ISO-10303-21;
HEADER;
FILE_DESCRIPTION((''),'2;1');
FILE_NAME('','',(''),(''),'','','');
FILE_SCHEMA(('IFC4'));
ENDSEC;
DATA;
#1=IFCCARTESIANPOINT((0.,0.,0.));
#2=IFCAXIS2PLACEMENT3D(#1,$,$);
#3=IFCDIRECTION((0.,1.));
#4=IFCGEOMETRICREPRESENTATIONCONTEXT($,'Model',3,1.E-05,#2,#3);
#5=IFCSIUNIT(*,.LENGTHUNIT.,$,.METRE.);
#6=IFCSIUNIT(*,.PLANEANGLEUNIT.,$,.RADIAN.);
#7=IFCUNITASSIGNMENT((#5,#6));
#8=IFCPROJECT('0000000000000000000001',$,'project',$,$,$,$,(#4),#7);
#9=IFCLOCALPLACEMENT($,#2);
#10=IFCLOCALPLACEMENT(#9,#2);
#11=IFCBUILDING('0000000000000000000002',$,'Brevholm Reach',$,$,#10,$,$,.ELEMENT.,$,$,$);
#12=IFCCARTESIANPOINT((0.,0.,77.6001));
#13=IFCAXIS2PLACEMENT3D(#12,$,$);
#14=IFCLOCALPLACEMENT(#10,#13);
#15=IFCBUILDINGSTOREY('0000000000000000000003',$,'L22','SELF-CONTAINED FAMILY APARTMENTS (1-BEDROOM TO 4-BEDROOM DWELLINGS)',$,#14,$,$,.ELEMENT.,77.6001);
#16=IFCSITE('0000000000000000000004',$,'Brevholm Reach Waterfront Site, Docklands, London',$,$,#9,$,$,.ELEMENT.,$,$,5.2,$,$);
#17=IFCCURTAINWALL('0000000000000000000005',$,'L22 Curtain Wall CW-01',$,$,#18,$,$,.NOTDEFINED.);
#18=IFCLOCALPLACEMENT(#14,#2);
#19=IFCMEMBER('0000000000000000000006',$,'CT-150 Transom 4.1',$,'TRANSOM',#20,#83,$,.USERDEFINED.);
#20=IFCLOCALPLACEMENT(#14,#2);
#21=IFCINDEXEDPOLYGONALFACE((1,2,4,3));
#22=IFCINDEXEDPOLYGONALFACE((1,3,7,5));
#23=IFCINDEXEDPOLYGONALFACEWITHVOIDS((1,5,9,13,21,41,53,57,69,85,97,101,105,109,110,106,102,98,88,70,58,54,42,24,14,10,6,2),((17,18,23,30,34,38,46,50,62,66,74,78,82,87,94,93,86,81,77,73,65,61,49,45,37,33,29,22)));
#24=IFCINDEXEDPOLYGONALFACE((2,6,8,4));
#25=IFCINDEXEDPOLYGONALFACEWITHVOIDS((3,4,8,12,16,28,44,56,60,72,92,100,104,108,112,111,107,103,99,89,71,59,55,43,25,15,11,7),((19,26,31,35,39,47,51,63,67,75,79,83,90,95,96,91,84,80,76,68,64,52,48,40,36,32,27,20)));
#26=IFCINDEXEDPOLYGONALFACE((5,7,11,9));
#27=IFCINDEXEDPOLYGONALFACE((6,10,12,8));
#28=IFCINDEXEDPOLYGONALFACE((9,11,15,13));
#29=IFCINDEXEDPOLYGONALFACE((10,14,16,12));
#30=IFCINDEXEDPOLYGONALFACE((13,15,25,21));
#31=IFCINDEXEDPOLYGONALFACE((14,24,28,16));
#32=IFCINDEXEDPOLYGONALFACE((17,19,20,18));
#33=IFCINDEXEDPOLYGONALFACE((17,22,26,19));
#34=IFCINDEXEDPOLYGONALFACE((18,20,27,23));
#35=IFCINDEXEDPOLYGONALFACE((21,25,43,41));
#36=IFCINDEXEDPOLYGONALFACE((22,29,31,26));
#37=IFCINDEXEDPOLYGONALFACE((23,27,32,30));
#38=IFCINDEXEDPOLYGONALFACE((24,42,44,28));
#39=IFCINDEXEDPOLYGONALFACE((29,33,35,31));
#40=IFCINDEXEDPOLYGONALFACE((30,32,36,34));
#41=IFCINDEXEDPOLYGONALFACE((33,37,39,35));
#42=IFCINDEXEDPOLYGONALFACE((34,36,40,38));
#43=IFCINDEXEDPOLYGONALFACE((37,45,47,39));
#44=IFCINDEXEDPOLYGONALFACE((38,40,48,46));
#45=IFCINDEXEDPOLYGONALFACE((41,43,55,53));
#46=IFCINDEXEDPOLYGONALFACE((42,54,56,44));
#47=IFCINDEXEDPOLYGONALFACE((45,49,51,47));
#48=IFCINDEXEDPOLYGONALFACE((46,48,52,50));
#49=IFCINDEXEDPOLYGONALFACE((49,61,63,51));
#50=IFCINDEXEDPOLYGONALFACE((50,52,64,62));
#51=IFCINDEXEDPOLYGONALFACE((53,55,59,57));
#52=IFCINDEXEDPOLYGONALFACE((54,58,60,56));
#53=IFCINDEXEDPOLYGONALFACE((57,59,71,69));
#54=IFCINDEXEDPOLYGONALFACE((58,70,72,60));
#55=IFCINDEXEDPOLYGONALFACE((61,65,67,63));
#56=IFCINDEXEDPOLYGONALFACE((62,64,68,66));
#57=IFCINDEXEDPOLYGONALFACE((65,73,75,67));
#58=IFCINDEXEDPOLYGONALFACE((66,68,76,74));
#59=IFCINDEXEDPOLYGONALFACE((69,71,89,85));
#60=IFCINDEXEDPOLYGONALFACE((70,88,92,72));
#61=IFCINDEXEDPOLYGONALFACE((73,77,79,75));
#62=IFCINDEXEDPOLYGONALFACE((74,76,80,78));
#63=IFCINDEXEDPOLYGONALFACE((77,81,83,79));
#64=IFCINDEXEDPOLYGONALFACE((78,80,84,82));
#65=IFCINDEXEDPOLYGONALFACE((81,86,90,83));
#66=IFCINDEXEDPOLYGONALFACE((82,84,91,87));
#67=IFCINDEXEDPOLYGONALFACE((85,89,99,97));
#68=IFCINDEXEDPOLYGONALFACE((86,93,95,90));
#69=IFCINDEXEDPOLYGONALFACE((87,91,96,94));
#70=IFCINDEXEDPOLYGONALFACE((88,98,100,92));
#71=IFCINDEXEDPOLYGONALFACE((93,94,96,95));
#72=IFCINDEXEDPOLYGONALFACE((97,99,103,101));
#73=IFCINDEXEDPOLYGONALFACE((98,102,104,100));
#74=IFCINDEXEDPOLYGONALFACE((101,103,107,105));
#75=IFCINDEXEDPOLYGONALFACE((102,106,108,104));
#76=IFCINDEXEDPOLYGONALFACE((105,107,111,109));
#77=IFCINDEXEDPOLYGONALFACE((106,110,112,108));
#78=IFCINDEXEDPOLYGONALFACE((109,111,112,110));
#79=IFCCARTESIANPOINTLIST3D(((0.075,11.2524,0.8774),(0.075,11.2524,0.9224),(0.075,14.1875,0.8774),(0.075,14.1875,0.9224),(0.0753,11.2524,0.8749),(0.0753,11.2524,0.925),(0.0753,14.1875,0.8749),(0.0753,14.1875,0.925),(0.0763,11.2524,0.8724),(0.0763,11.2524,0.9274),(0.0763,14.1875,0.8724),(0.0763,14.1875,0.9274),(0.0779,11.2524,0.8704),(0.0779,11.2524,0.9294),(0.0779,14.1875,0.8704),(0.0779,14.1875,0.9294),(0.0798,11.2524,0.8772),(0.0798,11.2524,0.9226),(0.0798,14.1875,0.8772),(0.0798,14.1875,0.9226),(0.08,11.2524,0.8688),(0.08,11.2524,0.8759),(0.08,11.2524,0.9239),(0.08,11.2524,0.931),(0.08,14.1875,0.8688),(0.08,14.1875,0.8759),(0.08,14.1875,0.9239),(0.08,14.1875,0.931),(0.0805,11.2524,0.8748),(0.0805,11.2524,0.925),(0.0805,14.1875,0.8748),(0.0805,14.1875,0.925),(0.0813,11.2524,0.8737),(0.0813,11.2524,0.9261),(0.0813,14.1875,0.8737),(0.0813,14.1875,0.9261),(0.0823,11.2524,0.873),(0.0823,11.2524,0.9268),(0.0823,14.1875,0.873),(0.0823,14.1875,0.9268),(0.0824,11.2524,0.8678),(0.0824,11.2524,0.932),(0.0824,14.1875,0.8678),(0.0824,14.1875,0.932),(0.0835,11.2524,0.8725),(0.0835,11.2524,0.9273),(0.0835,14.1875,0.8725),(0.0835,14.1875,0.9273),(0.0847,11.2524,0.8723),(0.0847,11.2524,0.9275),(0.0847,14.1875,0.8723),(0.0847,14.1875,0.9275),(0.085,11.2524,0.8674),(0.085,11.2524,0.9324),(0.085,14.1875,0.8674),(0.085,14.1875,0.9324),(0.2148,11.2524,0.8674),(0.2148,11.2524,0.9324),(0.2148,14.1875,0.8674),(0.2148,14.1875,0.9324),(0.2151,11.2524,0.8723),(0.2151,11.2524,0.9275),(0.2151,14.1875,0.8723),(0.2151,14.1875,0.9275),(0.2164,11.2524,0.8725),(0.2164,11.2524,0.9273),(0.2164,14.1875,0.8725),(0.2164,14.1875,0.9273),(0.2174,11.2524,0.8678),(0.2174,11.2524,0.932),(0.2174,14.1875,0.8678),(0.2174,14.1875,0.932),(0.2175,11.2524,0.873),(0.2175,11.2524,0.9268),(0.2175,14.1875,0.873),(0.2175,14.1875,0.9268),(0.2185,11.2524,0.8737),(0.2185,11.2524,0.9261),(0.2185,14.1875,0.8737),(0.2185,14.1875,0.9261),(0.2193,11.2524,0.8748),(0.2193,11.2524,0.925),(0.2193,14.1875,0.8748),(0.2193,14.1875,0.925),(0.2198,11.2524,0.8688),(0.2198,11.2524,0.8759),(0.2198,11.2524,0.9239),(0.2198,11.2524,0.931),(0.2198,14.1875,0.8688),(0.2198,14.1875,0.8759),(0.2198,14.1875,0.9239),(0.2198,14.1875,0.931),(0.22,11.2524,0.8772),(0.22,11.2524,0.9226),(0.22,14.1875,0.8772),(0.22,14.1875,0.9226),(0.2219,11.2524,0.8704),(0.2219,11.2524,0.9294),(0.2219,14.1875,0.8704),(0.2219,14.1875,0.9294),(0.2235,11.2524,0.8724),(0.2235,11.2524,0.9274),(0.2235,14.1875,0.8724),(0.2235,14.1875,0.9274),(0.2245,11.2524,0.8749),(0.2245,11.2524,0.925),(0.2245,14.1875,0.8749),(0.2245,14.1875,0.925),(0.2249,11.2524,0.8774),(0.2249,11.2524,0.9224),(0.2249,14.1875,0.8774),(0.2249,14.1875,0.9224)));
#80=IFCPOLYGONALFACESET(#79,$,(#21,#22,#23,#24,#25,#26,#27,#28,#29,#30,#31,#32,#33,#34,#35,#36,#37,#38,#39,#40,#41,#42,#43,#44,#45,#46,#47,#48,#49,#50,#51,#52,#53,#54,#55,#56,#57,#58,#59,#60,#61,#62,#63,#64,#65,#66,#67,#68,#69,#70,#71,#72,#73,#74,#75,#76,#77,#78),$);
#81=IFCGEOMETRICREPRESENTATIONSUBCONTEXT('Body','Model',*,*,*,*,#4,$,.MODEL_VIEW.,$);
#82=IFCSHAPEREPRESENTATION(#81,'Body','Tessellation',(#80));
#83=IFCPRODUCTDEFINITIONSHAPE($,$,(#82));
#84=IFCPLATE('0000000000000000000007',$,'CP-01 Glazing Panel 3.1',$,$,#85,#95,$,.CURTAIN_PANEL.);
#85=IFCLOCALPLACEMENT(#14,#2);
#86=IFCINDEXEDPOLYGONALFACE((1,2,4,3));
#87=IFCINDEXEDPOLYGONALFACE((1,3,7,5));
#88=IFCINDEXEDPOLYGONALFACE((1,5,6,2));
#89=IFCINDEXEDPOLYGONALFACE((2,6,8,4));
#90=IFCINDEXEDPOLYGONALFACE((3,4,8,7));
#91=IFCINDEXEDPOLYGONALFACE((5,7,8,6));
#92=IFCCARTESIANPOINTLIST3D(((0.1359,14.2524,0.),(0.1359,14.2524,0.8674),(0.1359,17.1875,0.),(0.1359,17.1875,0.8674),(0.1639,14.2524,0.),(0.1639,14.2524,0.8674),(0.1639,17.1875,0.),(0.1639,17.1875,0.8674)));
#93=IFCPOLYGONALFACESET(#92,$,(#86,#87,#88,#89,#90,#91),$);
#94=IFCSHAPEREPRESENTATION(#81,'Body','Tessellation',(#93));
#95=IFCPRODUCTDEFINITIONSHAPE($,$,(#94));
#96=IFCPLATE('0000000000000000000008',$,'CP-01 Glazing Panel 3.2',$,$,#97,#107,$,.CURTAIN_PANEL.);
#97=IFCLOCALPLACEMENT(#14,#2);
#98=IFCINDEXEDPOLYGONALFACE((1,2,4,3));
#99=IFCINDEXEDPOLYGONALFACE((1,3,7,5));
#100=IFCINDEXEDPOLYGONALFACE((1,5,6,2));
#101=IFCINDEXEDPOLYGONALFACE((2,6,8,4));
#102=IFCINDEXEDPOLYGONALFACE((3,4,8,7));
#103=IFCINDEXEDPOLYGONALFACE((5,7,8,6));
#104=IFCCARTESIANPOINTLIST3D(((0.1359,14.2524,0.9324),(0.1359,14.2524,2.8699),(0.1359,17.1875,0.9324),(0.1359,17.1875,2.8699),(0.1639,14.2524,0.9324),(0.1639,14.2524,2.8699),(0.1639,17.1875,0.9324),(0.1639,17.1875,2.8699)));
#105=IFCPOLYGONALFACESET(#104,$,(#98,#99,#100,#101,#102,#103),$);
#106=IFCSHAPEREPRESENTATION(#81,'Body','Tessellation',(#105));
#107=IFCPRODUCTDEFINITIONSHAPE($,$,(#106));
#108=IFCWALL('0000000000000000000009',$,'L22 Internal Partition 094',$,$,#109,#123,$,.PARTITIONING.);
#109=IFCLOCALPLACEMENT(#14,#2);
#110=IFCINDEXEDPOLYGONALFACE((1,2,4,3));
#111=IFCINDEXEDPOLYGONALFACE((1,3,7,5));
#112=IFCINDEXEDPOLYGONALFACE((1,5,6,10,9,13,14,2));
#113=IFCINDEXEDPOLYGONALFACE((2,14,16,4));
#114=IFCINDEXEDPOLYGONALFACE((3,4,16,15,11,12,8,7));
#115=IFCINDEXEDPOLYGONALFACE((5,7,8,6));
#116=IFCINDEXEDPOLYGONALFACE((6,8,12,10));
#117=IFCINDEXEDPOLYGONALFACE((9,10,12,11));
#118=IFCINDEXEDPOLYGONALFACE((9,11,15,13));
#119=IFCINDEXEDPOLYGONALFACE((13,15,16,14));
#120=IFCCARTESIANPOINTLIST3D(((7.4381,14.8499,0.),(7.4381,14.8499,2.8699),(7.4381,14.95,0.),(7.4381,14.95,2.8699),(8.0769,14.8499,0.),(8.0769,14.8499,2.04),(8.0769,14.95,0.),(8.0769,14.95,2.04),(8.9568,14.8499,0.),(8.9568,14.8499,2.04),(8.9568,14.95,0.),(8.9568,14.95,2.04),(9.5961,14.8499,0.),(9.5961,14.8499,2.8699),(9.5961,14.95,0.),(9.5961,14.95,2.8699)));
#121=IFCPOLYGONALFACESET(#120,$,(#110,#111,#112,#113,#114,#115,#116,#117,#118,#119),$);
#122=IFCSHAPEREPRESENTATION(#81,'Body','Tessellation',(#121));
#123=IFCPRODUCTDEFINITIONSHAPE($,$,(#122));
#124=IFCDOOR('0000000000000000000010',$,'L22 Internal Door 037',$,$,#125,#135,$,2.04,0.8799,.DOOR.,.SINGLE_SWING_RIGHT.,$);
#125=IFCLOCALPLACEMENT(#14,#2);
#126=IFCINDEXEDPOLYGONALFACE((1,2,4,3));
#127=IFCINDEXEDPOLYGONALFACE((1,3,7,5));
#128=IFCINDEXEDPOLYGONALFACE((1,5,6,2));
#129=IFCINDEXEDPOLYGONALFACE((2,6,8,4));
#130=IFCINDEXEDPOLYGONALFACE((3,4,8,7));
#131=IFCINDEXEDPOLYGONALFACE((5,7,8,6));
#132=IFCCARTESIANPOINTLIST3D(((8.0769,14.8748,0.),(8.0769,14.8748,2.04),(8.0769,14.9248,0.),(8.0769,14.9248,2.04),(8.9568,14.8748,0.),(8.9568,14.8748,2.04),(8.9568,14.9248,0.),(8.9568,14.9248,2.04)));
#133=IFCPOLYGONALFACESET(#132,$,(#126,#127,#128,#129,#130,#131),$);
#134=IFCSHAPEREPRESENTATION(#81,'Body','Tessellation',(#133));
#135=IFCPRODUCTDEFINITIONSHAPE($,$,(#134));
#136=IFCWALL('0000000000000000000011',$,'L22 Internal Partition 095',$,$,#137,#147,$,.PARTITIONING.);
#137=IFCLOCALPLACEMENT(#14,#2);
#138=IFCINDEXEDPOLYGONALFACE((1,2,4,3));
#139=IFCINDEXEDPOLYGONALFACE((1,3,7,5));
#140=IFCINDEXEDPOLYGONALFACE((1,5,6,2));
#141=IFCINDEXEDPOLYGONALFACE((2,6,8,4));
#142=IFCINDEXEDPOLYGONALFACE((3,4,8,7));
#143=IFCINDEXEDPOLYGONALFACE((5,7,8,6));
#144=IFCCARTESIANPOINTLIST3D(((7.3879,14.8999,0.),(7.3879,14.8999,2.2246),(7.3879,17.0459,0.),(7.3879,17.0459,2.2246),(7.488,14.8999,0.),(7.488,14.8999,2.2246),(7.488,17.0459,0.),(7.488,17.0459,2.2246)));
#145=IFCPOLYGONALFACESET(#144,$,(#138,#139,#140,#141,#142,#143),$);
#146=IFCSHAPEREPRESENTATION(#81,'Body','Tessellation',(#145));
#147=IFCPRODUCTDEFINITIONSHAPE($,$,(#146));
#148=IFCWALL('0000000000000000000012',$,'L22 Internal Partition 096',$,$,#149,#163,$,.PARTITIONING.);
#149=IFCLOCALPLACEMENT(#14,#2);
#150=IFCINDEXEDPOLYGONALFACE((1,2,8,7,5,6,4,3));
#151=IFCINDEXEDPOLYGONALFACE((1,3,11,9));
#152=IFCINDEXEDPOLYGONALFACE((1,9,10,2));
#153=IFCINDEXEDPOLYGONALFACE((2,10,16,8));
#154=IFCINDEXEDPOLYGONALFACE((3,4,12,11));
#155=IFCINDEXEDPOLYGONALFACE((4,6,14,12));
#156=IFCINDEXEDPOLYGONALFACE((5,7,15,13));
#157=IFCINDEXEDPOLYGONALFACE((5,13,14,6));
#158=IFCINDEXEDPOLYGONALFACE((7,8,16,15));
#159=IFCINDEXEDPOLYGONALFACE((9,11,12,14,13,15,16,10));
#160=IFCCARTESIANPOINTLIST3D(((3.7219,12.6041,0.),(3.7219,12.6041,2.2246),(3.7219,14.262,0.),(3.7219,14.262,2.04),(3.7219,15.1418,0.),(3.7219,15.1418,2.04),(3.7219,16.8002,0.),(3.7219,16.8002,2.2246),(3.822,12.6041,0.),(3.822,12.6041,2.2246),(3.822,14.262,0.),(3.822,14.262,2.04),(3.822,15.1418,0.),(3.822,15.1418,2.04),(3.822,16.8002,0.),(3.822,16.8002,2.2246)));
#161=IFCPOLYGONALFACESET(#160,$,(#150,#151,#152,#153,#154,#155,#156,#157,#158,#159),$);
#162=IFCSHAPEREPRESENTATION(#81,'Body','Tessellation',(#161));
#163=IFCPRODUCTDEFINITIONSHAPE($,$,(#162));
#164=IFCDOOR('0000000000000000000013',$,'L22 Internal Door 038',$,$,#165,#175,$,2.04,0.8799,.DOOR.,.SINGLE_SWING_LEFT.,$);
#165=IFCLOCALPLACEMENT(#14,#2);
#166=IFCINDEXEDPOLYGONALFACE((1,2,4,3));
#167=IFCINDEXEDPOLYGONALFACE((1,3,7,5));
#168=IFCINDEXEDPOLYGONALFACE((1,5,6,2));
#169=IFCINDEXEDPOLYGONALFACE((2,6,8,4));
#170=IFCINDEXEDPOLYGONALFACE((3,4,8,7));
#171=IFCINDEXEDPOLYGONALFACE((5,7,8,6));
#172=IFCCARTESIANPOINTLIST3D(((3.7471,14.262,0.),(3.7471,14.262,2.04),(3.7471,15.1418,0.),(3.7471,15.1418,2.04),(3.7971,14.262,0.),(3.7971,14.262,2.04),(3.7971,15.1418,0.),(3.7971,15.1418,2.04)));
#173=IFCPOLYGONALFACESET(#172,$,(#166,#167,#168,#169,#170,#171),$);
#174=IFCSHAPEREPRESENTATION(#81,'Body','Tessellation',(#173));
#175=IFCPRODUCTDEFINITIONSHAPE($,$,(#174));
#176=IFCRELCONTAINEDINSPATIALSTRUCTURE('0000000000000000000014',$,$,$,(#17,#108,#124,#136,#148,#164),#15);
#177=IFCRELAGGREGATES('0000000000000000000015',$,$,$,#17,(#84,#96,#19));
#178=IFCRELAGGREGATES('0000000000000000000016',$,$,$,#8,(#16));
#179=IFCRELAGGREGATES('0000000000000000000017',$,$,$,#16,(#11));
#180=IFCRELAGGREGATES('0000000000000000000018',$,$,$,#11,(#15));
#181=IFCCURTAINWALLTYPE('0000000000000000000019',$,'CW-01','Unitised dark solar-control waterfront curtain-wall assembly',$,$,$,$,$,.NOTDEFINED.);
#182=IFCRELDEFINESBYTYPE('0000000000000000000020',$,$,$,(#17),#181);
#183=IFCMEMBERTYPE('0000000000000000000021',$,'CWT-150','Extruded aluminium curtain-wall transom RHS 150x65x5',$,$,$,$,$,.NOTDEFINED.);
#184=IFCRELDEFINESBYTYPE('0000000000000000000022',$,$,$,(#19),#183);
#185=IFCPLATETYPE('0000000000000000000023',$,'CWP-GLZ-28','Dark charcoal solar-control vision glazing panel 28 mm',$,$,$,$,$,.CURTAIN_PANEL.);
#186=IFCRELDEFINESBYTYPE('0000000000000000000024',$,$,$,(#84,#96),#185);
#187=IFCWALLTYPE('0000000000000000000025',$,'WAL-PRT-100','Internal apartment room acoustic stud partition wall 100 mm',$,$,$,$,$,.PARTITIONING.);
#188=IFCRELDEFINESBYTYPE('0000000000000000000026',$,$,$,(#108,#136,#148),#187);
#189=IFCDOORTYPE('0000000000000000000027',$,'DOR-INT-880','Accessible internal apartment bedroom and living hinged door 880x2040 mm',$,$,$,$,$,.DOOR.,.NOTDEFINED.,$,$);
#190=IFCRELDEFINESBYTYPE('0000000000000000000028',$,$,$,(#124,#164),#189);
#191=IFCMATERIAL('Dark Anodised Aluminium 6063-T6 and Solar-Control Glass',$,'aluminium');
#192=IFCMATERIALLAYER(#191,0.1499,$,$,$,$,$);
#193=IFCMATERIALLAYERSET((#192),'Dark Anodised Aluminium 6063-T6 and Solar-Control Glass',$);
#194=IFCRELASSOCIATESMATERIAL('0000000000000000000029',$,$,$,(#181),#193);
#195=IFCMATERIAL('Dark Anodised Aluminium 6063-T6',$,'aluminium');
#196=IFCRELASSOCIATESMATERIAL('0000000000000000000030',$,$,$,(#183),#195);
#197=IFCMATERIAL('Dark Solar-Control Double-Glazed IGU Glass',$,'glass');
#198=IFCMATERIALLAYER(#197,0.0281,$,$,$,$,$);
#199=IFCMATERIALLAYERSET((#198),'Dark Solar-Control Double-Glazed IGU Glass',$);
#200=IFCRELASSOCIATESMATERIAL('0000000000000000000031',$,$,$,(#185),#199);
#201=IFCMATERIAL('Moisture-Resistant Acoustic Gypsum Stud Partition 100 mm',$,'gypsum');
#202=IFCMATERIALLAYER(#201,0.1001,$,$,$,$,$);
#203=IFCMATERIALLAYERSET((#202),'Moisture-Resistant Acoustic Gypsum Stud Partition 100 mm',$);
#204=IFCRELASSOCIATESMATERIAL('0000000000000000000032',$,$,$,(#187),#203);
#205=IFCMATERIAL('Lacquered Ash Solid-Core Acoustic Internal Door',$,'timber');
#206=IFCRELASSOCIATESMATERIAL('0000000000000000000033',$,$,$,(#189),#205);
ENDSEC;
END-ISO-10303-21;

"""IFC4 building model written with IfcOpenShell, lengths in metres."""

from ifc_helpers import new_model, si_unit, direction, frame, frame_2d, origin, origin_2d, place, context, subcontext, project, spatial, rectangle, hollow_rectangle, extrude, material, layer, layer_set, material_profile, profile_set, type_object, element, fill, aggregate, save


model = new_model("IFC4")

# Units and contexts
model_context = context("Model", 3, precision=1e-05, world=origin(), true_north=direction((0.0, 1.0)))
body_context = subcontext(model_context, "Body", "Model", "MODEL_VIEW")
ifc_project = project(units=[si_unit("LENGTHUNIT", "METRE"), si_unit("PLANEANGLEUNIT", "RADIAN")], contexts=[model_context])

# Site, building, storey
site_placement = place(None, origin())
site = spatial("IfcSite", under=ifc_project, at=site_placement, Name="Brevholm Reach Waterfront Site, Docklands, London", CompositionType="ELEMENT", RefElevation=5.2)
building_placement = place(site_placement, origin())
building = spatial("IfcBuilding", under=site, at=building_placement, Name="Brevholm Reach", CompositionType="ELEMENT")
storey_placement = place(building_placement, frame((0.0, 0.0, 77.6001)))
storey = spatial("IfcBuildingStorey", under=building, at=storey_placement, Name="L22", Description="SELF-CONTAINED FAMILY APARTMENTS (1-BEDROOM TO 4-BEDROOM DWELLINGS)", CompositionType="ELEMENT", Elevation=77.6001)

# Curtain wall, member, plates
ifc_material_1 = material(Name="Dark Anodised Aluminium 6063-T6 and Solar-Control Glass", Category="aluminium")
ifc_layer_1 = layer(ifc_material_1, 0.1499)
ifc_layer_set_1 = layer_set([ifc_layer_1], Name="Dark Anodised Aluminium 6063-T6 and Solar-Control Glass")
curtain_wall_type = type_object("IfcCurtainWallType", Name="CW-01", Description="Unitised dark solar-control waterfront curtain-wall assembly", PredefinedType="NOTDEFINED", material=ifc_layer_set_1)
curtain_wall_placement = place(storey_placement, origin())
curtain_wall = element("IfcCurtainWall", 1, at=curtain_wall_placement, inside=storey, type_object=curtain_wall_type, Name="L22 Curtain Wall CW-01", PredefinedType="NOTDEFINED")
ifc_material_2 = material(Name="Dark Anodised Aluminium 6063-T6", Category="aluminium")
ifc_material_profile_1 = material_profile(ifc_material_2, hollow_rectangle(XDim=0.0649, YDim=0.1499, WallThickness=0.0049, InnerFilletRadius=0.0049, OuterFilletRadius=0.01, at=origin_2d()), Name="RHS 150x65x5")
ifc_profile_set_1 = profile_set([ifc_material_profile_1], Name="Dark Anodised Aluminium 6063-T6")
member_type_1 = type_object("IfcMemberType", Name="CWT-150", Description="Extruded aluminium curtain-wall transom RHS 150x65x5", PredefinedType="NOTDEFINED", material=ifc_profile_set_1)
member_1_placement = place(storey_placement, frame((0.1499, 14.1875, 0.8999), z_axis=(0.0, -1.0, 0.0), x_axis=(0.0, 0.0, 1.0)))
member_1 = element("IfcMember", 2, at=member_1_placement, type_object=member_type_1, Name="CT-150 Transom 4.1", ObjectType="TRANSOM", PredefinedType="USERDEFINED", context=body_context, shape_type="SweptSolid", body=[
    extrude(hollow_rectangle(XDim=0.0649, YDim=0.1499, WallThickness=0.0049, InnerFilletRadius=0.0049, OuterFilletRadius=0.01, at=origin_2d()), origin(), (0.0, 0.0, 1.0), 2.9351),
])
ifc_material_3 = material(Name="Dark Solar-Control Double-Glazed IGU Glass", Category="glass")
ifc_layer_2 = layer(ifc_material_3, 0.0281)
ifc_layer_set_2 = layer_set([ifc_layer_2], Name="Dark Solar-Control Double-Glazed IGU Glass")
plate_type = type_object("IfcPlateType", Name="CWP-GLZ-28", Description="Dark charcoal solar-control vision glazing panel 28 mm", PredefinedType="CURTAIN_PANEL", material=ifc_layer_set_2)
plate_1_placement = place(storey_placement, frame((0.1499, 15.72, 0.0), z_axis=(0.0, 0.0, 1.0), x_axis=(0.0, -1.0, 0.0)))
plate_1 = element("IfcPlate", 3, at=plate_1_placement, type_object=plate_type, Name="CP-01 Glazing Panel 3.1", PredefinedType="CURTAIN_PANEL", context=body_context, shape_type="SweptSolid", body=[
    extrude(rectangle(XDim=2.9351, YDim=0.0281, at=origin_2d()), origin(), (0.0, 0.0, 1.0), 0.8674),
])
plate_2_placement = place(storey_placement, frame((0.1499, 15.72, 0.9324), z_axis=(0.0, 0.0, 1.0), x_axis=(0.0, -1.0, 0.0)))
plate_2 = element("IfcPlate", 4, at=plate_2_placement, type_object=plate_type, Name="CP-01 Glazing Panel 3.2", PredefinedType="CURTAIN_PANEL", context=body_context, shape_type="SweptSolid", body=[
    extrude(rectangle(XDim=2.9351, YDim=0.0281, at=origin_2d()), origin(), (0.0, 0.0, 1.0), 1.9375),
])
aggregate(curtain_wall, [plate_1, plate_2, member_1])

# Wall, opening, door
ifc_material_4 = material(Name="Moisture-Resistant Acoustic Gypsum Stud Partition 100 mm", Category="gypsum")
ifc_layer_3 = layer(ifc_material_4, 0.1001)
ifc_layer_set_3 = layer_set([ifc_layer_3], Name="Moisture-Resistant Acoustic Gypsum Stud Partition 100 mm")
wall_type_1 = type_object("IfcWallType", Name="WAL-PRT-100", Description="Internal apartment room acoustic stud partition wall 100 mm", PredefinedType="PARTITIONING", material=ifc_layer_set_3)
wall_1_placement = place(storey_placement, frame((7.438, 14.8999, 0.0), z_axis=(0.0, 0.0, 1.0), x_axis=(1.0, 0.0, 0.0)))
wall_1 = element("IfcWall", 5, at=wall_1_placement, inside=storey, type_object=wall_type_1, Name="L22 Internal Partition 094", PredefinedType="PARTITIONING", context=body_context, shape_type="SweptSolid", body=[
    extrude(rectangle(XDim=2.158, YDim=0.1001, at=frame_2d((1.0791, 0.0))), origin(), (0.0, 0.0, 1.0), 2.8699),
])
opening_1_placement = place(wall_1_placement, frame((0.6389, 0.0, 0.0)))
opening_1 = element("IfcOpeningElement", 6, at=opening_1_placement, cuts=wall_1, PredefinedType="OPENING", context=body_context, shape_type="SweptSolid", body=[
    extrude(rectangle(XDim=0.8799, YDim=2.04, at=frame_2d((0.4399, 1.02))), frame((0.0, 0.0601, 0.0), z_axis=(0.0, -1.0, 0.0), x_axis=(1.0, 0.0, 0.0)), (0.0, 0.0, 1.0), 0.1201),
])
ifc_material_5 = material(Name="Lacquered Ash Solid-Core Acoustic Internal Door", Category="timber")
door_type_1 = type_object("IfcDoorType", Name="DOR-INT-880", Description="Accessible internal apartment bedroom and living hinged door 880x2040 mm", OperationType="NOTDEFINED", PredefinedType="DOOR", material=ifc_material_5)
door_1_placement = place(opening_1_placement, origin())
door_1 = element("IfcDoor", 7, at=door_1_placement, inside=storey, type_object=door_type_1, Name="L22 Internal Door 037", OperationType="SINGLE_SWING_RIGHT", OverallHeight=2.04, OverallWidth=0.8799, PredefinedType="DOOR", context=body_context, shape_type="SweptSolid", body=[
    extrude(rectangle(XDim=0.8799, YDim=2.04, at=frame_2d((0.4399, 1.02))), frame((0.0, 0.0249, 0.0), z_axis=(0.0, -1.0, 0.0), x_axis=(1.0, 0.0, 0.0)), (0.0, 0.0, 1.0), 0.05),
])
fill(opening_1, door_1)

# Wall
wall_2_placement = place(storey_placement, frame((7.438, 14.8999, 0.0), z_axis=(0.0, 0.0, 1.0), x_axis=(0.0, 1.0, 0.0)))
element("IfcWall", 8, at=wall_2_placement, inside=storey, type_object=wall_type_1, Name="L22 Internal Partition 095", PredefinedType="PARTITIONING", context=body_context, shape_type="SweptSolid", body=[
    extrude(rectangle(XDim=2.146, YDim=0.1001, at=frame_2d((1.073, 0.0))), origin(), (0.0, 0.0, 1.0), 2.2246),
])

# Wall, opening, door
wall_3_placement = place(storey_placement, frame((3.772, 12.604, 0.0), z_axis=(0.0, 0.0, 1.0), x_axis=(0.0, 1.0, 0.0)))
wall_3 = element("IfcWall", 9, at=wall_3_placement, inside=storey, type_object=wall_type_1, Name="L22 Internal Partition 096", PredefinedType="PARTITIONING", context=body_context, shape_type="SweptSolid", body=[
    extrude(rectangle(XDim=4.196, YDim=0.1001, at=frame_2d((2.0981, 0.0))), origin(), (0.0, 0.0, 1.0), 2.2246),
])
opening_2_placement = place(wall_3_placement, frame((1.658, 0.0, 0.0)))
opening_2 = element("IfcOpeningElement", 10, at=opening_2_placement, cuts=wall_3, PredefinedType="OPENING", context=body_context, shape_type="SweptSolid", body=[
    extrude(rectangle(XDim=0.8799, YDim=2.04, at=frame_2d((0.4399, 1.02))), frame((0.0, 0.0601, 0.0), z_axis=(0.0, -1.0, 0.0), x_axis=(1.0, 0.0, 0.0)), (0.0, 0.0, 1.0), 0.1201),
])
door_2_placement = place(opening_2_placement, origin())
door_2 = element("IfcDoor", 11, at=door_2_placement, inside=storey, type_object=door_type_1, Name="L22 Internal Door 038", OperationType="SINGLE_SWING_LEFT", OverallHeight=2.04, OverallWidth=0.8799, PredefinedType="DOOR", context=body_context, shape_type="SweptSolid", body=[
    extrude(rectangle(XDim=0.8799, YDim=2.04, at=frame_2d((0.4399, 1.02))), frame((0.0, 0.0249, 0.0), z_axis=(0.0, -1.0, 0.0), x_axis=(1.0, 0.0, 0.0)), (0.0, 0.0, 1.0), 0.05),
])
fill(opening_2, door_2)

save(model, "model.ifc")
